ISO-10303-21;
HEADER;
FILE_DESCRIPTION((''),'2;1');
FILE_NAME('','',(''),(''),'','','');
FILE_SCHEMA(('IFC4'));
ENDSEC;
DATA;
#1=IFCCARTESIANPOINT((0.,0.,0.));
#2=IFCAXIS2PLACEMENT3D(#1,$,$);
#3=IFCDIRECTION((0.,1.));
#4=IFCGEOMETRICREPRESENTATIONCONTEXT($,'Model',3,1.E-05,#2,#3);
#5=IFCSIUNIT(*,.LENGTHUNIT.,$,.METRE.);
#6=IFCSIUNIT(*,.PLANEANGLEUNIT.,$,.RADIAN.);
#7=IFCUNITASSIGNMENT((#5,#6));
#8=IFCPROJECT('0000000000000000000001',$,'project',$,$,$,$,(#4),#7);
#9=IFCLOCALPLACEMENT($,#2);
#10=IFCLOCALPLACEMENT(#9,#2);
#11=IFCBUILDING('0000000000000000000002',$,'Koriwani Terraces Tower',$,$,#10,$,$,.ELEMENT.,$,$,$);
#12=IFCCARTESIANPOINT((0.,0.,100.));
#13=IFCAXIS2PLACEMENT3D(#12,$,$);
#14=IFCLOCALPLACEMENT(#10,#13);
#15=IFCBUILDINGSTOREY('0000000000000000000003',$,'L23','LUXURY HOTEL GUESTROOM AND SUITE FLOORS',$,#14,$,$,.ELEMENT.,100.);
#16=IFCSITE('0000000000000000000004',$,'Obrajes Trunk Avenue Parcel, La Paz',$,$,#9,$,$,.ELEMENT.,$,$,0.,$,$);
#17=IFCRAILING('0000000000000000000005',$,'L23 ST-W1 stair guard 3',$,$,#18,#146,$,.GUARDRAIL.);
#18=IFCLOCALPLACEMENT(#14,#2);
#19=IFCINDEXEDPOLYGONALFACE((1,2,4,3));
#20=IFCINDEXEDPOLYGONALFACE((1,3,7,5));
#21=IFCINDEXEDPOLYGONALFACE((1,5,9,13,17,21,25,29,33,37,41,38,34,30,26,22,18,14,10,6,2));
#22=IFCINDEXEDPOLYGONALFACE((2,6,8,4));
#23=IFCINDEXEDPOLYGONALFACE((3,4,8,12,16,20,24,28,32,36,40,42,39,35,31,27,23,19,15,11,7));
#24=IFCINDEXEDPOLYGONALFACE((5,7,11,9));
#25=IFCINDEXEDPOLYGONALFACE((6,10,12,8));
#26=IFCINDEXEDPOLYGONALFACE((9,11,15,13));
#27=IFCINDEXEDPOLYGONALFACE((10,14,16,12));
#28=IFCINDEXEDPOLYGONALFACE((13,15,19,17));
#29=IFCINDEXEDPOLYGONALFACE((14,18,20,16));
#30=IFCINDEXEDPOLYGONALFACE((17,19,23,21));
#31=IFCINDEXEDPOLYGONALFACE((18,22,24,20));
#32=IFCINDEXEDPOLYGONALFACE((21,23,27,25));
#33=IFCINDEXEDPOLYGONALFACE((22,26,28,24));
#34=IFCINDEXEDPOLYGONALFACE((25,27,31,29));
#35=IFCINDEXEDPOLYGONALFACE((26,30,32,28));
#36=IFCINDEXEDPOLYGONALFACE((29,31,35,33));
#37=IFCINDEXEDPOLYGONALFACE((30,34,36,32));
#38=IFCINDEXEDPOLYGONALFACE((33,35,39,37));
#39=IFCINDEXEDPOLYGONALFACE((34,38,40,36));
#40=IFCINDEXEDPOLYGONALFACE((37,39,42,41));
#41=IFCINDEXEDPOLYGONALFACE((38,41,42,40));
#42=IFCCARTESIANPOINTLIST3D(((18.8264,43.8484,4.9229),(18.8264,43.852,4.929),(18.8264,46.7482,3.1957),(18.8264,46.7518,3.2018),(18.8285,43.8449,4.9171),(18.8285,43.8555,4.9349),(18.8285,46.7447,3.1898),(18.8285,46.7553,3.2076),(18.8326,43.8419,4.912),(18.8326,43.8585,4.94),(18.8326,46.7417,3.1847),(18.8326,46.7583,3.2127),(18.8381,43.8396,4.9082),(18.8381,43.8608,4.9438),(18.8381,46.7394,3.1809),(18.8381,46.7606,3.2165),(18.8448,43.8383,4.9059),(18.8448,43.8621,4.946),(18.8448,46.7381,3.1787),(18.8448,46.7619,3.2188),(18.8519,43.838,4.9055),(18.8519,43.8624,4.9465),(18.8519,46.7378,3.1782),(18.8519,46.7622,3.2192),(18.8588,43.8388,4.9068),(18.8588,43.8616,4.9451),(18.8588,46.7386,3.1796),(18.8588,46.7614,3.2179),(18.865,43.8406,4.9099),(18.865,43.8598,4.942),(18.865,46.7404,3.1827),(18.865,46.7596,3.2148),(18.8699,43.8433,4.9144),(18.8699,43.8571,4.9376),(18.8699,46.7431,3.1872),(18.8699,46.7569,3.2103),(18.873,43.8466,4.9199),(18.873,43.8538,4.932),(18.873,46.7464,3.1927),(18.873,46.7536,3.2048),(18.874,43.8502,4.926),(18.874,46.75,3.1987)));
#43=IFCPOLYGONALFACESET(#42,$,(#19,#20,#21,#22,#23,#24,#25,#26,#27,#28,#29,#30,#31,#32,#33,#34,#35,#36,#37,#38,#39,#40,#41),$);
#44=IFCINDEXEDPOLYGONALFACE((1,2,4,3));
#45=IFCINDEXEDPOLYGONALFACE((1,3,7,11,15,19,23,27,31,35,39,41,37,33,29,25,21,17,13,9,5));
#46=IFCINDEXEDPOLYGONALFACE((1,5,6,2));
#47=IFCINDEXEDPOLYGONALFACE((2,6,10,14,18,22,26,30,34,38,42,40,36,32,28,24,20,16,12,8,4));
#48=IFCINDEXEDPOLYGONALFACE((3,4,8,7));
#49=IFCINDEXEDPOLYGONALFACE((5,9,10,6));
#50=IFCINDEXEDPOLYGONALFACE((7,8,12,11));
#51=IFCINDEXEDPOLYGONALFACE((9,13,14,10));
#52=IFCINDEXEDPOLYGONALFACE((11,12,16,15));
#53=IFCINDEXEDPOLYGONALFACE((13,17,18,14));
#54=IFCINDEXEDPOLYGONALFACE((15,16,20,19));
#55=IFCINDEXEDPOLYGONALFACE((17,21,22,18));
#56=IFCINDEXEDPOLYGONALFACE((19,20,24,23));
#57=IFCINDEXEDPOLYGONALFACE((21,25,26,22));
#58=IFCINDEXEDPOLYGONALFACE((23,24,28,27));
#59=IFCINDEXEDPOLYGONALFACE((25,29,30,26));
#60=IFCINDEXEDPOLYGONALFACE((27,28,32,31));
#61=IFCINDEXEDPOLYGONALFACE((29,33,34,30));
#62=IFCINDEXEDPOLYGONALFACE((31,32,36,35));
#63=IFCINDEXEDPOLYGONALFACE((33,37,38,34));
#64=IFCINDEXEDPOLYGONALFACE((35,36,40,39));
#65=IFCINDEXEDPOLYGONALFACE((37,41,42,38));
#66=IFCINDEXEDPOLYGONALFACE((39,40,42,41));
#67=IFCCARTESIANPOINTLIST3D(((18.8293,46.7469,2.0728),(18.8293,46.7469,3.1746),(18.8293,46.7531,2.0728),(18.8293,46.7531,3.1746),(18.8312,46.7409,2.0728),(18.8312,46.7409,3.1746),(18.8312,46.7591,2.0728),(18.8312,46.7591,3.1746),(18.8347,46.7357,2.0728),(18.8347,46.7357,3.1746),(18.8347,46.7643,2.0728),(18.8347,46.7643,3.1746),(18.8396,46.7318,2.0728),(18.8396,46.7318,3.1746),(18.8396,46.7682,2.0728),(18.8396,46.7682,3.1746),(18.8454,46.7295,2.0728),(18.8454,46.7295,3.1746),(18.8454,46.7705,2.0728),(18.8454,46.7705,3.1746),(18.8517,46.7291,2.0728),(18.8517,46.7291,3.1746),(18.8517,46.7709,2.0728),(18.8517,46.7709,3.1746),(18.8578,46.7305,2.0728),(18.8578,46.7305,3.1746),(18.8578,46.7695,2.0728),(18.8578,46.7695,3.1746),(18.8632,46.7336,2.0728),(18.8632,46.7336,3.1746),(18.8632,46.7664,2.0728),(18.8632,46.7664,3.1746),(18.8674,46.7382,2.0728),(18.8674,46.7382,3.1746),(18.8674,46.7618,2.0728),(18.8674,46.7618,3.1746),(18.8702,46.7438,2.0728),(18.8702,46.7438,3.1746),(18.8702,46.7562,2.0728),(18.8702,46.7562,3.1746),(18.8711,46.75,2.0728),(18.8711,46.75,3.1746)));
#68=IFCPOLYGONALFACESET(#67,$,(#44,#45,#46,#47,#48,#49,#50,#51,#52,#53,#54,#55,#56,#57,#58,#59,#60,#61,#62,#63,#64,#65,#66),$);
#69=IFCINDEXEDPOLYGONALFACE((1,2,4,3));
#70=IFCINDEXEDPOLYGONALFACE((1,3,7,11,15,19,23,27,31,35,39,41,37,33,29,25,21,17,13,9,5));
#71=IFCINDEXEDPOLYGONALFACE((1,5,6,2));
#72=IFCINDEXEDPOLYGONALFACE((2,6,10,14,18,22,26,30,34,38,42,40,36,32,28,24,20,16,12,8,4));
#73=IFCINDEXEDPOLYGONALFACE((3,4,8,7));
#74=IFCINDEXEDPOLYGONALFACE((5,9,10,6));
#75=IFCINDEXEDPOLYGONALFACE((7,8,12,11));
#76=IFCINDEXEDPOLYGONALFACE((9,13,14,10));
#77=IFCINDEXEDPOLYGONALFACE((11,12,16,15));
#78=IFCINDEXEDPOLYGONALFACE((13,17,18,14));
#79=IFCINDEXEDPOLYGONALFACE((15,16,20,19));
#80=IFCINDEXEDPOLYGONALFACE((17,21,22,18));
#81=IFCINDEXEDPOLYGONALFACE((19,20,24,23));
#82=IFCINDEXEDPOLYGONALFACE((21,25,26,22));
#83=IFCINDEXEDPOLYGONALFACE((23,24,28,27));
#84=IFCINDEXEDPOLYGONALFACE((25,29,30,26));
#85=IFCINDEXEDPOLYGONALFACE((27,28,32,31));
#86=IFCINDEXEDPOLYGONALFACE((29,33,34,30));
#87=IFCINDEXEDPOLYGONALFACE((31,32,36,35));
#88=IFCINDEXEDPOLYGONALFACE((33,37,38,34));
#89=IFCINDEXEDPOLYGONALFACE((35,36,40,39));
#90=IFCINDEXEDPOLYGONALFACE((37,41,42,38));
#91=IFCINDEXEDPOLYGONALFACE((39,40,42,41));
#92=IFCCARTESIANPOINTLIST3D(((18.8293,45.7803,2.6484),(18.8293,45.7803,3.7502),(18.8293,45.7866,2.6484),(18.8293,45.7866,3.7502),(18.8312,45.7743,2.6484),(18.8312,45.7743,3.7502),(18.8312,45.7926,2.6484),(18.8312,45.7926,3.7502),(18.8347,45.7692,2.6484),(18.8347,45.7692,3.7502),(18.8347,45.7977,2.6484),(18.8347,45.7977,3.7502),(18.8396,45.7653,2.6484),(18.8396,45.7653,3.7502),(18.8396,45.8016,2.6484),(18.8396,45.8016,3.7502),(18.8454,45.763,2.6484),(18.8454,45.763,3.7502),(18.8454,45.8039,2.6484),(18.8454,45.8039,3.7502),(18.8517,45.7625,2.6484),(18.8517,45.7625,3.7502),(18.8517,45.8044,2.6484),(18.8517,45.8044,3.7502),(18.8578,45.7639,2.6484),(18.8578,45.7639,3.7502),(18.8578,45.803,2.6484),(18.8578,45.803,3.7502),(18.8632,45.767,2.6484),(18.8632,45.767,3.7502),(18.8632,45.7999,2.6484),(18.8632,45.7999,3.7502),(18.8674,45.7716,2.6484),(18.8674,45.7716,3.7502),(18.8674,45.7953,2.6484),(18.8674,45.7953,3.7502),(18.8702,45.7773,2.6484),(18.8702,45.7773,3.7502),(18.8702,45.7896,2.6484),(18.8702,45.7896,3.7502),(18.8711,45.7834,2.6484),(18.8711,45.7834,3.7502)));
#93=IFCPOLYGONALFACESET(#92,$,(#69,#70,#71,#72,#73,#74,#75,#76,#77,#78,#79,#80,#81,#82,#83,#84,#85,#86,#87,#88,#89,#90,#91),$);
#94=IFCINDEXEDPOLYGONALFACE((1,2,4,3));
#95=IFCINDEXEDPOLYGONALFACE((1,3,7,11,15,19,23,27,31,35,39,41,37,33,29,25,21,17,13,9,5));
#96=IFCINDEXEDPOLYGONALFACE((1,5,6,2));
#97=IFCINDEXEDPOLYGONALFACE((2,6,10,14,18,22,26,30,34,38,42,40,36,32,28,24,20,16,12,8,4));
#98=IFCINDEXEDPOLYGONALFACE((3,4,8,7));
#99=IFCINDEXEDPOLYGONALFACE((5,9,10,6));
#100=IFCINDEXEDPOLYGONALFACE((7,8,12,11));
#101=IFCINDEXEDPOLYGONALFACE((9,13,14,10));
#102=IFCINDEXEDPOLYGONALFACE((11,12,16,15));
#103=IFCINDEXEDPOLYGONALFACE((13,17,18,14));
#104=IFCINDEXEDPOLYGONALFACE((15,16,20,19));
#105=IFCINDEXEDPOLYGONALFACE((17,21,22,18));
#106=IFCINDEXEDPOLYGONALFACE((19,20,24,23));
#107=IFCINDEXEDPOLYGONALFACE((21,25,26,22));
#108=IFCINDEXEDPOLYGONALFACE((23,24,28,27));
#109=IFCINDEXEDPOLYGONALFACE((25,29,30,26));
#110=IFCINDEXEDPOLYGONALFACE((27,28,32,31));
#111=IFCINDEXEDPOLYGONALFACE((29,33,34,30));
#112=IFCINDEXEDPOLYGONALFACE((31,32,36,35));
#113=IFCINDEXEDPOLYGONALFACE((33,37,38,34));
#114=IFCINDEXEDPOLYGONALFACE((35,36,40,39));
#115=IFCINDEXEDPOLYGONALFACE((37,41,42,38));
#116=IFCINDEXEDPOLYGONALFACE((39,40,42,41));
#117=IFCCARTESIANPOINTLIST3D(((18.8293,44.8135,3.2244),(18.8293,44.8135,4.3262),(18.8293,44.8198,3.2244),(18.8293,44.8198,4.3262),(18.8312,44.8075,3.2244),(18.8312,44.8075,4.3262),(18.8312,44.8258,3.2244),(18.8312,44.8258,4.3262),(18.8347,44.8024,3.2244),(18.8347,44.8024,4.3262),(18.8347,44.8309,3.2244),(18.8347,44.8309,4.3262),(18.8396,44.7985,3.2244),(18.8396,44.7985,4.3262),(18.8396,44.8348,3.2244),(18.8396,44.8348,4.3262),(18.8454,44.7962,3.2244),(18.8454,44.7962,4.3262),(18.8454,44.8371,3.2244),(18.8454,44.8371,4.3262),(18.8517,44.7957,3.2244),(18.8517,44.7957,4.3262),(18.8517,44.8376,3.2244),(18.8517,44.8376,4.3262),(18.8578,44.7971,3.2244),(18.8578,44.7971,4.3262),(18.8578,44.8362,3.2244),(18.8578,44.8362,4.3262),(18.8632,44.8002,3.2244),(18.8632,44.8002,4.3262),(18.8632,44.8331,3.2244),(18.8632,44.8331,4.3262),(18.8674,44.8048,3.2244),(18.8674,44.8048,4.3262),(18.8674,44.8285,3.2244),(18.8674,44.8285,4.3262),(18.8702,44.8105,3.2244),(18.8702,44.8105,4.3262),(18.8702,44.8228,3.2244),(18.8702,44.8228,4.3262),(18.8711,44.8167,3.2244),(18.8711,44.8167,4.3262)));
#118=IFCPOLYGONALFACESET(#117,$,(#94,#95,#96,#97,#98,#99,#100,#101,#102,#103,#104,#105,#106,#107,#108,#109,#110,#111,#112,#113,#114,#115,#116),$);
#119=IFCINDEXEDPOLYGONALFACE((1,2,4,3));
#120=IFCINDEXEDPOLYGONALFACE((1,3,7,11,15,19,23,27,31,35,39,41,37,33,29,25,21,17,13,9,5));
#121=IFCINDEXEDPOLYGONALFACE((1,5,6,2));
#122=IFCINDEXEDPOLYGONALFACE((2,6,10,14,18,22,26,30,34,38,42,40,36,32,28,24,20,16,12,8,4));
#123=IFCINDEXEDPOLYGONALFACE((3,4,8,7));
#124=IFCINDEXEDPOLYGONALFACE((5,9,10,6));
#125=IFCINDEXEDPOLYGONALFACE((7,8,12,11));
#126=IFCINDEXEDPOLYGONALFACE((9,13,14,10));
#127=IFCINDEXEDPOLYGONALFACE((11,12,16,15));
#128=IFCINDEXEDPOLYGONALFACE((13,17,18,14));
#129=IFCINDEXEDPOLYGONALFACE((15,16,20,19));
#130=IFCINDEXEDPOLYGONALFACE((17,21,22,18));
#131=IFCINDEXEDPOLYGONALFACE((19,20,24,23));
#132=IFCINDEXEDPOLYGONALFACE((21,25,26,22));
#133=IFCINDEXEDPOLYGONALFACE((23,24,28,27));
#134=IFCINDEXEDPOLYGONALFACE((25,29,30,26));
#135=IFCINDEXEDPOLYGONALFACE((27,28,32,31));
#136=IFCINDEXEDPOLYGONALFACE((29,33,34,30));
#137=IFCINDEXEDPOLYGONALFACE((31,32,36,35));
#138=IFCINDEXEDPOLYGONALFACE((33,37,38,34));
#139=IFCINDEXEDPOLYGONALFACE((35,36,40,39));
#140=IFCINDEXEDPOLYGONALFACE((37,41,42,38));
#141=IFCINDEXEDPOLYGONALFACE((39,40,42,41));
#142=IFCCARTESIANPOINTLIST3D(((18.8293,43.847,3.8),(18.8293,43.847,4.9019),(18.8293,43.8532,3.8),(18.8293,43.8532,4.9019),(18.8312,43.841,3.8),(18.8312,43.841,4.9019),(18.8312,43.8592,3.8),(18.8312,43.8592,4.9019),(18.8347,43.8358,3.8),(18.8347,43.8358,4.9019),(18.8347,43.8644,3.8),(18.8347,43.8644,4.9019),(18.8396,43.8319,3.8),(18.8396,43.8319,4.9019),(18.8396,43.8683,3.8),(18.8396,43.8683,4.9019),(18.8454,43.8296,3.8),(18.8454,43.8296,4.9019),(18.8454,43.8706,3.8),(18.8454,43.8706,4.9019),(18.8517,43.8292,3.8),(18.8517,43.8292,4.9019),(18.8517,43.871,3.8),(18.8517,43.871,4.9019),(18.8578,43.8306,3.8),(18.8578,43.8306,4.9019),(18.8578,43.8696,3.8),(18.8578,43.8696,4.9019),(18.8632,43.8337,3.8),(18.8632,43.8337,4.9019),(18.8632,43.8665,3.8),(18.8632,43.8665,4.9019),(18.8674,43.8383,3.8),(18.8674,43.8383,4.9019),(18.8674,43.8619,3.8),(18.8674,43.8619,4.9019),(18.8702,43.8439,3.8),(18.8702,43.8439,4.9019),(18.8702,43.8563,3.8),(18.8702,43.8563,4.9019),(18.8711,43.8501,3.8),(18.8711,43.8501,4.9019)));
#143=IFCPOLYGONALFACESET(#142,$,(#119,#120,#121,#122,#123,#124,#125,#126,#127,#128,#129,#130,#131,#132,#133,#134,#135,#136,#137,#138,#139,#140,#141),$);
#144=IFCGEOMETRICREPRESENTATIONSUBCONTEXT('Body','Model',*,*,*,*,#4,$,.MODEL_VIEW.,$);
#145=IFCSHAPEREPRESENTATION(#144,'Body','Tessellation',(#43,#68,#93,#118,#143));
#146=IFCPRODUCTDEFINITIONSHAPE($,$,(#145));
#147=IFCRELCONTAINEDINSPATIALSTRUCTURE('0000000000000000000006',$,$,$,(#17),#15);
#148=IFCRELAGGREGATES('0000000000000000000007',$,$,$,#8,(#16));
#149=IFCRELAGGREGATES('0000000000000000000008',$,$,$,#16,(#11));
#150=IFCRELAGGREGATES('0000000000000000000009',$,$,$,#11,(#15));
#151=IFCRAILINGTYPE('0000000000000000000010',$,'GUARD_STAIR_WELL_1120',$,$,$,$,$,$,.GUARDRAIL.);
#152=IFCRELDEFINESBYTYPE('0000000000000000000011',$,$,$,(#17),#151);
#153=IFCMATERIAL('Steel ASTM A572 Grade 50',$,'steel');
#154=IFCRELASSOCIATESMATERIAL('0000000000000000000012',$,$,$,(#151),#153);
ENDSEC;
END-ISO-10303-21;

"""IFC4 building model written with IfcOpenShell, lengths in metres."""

from ifc_helpers import new_model, si_unit, direction, frame, origin, origin_2d, place, context, subcontext, project, spatial, circle, extrude, material, type_object, element, save


model = new_model("IFC4")

# Units and contexts
model_context = context("Model", 3, precision=1e-05, world=origin(), true_north=direction((0.0, 1.0)))
body_context = subcontext(model_context, "Body", "Model", "MODEL_VIEW")
ifc_project = project(units=[si_unit("LENGTHUNIT", "METRE"), si_unit("PLANEANGLEUNIT", "RADIAN")], contexts=[model_context])

# Site, building, storey
site_placement = place(None, origin())
site = spatial("IfcSite", under=ifc_project, at=site_placement, Name="Obrajes Trunk Avenue Parcel, La Paz", CompositionType="ELEMENT", RefElevation=0.0)
building_placement = place(site_placement, origin())
building = spatial("IfcBuilding", under=site, at=building_placement, Name="Koriwani Terraces Tower", CompositionType="ELEMENT")
storey_placement = place(building_placement, frame((0.0, 0.0, 100.0)))
storey = spatial("IfcBuildingStorey", under=building, at=storey_placement, Name="L23", Description="LUXURY HOTEL GUESTROOM AND SUITE FLOORS", CompositionType="ELEMENT", Elevation=100.0)

# Shared definitions
ifc_material_1 = material(Name="Steel ASTM A572 Grade 50", Category="steel")

# Railing
railing_type_1 = type_object("IfcRailingType", Name="GUARD_STAIR_WELL_1120", PredefinedType="GUARDRAIL", material=ifc_material_1)
railing_1_placement = place(storey_placement, frame((18.8501, 46.75, 2.0728)))
element("IfcRailing", 1, at=railing_1_placement, inside=storey, type_object=railing_type_1, Name="L23 ST-W1 stair guard 3", PredefinedType="GUARDRAIL", context=body_context, shape_type="SweptSolid", body=[
    extrude(circle(Radius=0.0239, at=origin_2d()), frame((0.0, 0.0, 1.126), z_axis=(0.0, -0.859141, 0.511738), x_axis=(1.0, 0.0, 0.0)), (0.0, 0.0, 1.0), 3.3752),
    extrude(circle(Radius=0.021, at=origin_2d()), origin(), (0.0, 0.0, 1.0), 1.1018),
    extrude(circle(Radius=0.021, at=origin_2d()), frame((0.0, -0.9666, 0.5757)), (0.0, 0.0, 1.0), 1.1018),
    extrude(circle(Radius=0.021, at=origin_2d()), frame((0.0, -1.9333, 1.1516)), (0.0, 0.0, 1.0), 1.1018),
    extrude(circle(Radius=0.021, at=origin_2d()), frame((0.0, -2.8999, 1.7273)), (0.0, 0.0, 1.0), 1.1018),
])

save(model, "model.ifc")
